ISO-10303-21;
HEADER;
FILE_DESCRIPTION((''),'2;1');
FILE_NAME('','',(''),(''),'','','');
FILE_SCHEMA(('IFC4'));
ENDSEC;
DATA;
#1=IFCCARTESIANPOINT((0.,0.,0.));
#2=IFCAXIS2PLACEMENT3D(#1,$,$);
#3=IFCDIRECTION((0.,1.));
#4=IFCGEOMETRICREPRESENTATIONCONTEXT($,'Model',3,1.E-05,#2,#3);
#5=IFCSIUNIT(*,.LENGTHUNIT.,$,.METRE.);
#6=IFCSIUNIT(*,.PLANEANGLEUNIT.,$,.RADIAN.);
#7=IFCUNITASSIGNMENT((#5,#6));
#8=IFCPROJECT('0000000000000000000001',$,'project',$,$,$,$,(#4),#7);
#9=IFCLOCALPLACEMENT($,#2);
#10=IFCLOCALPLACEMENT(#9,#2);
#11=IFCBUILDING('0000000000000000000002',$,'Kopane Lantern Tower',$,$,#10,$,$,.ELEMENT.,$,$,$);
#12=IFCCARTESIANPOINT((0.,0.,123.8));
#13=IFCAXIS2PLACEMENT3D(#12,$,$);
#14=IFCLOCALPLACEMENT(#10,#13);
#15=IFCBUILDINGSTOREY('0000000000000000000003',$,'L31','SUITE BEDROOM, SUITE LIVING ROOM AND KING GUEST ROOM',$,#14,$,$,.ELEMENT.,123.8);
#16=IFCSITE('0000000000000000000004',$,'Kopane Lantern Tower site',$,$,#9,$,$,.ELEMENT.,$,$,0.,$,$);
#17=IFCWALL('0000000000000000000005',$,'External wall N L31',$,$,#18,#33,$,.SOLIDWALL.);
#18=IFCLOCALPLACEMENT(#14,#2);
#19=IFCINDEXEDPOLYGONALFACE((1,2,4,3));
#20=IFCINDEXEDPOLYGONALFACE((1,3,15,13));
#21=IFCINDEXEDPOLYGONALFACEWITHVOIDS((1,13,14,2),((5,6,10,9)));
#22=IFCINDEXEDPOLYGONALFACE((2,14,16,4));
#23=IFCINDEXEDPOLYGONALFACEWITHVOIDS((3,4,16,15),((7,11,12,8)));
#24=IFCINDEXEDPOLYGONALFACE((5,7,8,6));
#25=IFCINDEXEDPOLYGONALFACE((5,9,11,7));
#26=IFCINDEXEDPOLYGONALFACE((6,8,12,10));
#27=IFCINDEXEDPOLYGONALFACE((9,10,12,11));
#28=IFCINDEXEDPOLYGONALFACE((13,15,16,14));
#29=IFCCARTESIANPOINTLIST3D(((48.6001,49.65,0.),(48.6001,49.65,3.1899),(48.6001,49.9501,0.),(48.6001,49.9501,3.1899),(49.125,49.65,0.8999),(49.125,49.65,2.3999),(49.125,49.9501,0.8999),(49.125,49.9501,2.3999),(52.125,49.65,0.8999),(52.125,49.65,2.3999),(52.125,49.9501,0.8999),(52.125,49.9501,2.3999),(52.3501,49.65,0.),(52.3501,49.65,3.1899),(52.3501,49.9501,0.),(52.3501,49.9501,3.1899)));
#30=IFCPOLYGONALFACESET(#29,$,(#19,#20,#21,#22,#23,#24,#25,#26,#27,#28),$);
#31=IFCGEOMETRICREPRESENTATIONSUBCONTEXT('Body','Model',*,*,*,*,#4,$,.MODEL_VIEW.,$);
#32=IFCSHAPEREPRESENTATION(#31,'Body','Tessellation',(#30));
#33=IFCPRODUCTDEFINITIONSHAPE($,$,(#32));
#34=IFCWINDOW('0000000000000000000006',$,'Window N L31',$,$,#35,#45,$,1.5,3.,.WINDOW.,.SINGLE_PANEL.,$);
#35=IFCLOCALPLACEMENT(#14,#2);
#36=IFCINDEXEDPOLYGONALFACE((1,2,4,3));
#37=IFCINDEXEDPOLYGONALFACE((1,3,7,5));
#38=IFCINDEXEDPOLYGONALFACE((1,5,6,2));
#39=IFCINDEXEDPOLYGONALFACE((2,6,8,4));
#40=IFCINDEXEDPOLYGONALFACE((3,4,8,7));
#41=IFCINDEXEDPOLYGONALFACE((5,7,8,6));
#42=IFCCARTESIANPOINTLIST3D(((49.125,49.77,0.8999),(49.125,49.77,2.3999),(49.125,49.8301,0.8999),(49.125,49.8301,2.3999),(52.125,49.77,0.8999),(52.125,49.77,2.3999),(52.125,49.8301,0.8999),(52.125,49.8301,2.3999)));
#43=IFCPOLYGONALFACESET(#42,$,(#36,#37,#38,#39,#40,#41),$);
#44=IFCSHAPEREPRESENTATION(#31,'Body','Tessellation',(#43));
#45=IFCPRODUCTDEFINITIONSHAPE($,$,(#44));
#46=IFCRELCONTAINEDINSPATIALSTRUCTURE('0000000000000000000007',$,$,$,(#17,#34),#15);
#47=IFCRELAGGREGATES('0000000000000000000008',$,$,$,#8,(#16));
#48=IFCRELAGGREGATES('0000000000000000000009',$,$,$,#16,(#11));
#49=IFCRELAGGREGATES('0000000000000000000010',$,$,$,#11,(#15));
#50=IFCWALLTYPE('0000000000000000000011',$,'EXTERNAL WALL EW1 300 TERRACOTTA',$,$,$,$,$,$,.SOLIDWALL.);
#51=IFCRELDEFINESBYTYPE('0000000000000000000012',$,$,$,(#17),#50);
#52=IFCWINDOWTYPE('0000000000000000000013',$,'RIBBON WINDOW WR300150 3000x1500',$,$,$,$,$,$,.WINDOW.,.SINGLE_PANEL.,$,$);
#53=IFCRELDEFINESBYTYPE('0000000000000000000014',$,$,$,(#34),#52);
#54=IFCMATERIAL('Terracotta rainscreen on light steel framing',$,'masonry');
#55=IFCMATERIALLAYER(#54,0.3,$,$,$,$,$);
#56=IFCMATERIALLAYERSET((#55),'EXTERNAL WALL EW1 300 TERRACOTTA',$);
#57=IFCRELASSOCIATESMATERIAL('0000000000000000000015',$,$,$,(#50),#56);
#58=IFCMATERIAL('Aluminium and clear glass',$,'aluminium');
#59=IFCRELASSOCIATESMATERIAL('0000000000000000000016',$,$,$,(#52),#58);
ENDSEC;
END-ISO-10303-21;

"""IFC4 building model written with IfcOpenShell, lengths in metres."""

from ifc_helpers import new_model, si_unit, direction, frame, frame_2d, origin, place, context, subcontext, project, spatial, rectangle, extrude, material, layer, layer_set, type_object, element, fill, save


model = new_model("IFC4")

# Units and contexts
model_context = context("Model", 3, precision=1e-05, world=origin(), true_north=direction((0.0, 1.0)))
body_context = subcontext(model_context, "Body", "Model", "MODEL_VIEW")
ifc_project = project(units=[si_unit("LENGTHUNIT", "METRE"), si_unit("PLANEANGLEUNIT", "RADIAN")], contexts=[model_context])

# Site, building, storey
site_placement = place(None, origin())
site = spatial("IfcSite", under=ifc_project, at=site_placement, Name="Kopane Lantern Tower site", CompositionType="ELEMENT", RefElevation=0.0)
building_placement = place(site_placement, origin())
building = spatial("IfcBuilding", under=site, at=building_placement, Name="Kopane Lantern Tower", CompositionType="ELEMENT")
storey_placement = place(building_placement, frame((0.0, 0.0, 123.8)))
storey = spatial("IfcBuildingStorey", under=building, at=storey_placement, Name="L31", Description="SUITE BEDROOM, SUITE LIVING ROOM AND KING GUEST ROOM", CompositionType="ELEMENT", Elevation=123.8)

# Wall, opening, window
ifc_material_1 = material(Name="Terracotta rainscreen on light steel framing", Category="masonry")
ifc_layer_1 = layer(ifc_material_1, 0.3)
ifc_layer_set_1 = layer_set([ifc_layer_1], Name="EXTERNAL WALL EW1 300 TERRACOTTA")
wall_type_1 = type_object("IfcWallType", Name="EXTERNAL WALL EW1 300 TERRACOTTA", PredefinedType="SOLIDWALL", material=ifc_layer_set_1)
wall_1_placement = place(storey_placement, frame((52.3501, 49.8, 0.0), z_axis=(0.0, 0.0, 1.0), x_axis=(-1.0, 0.0, 0.0)))
wall_1 = element("IfcWall", 1, at=wall_1_placement, inside=storey, type_object=wall_type_1, Name="External wall N L31", PredefinedType="SOLIDWALL", context=body_context, shape_type="SweptSolid", body=[
    extrude(rectangle(XDim=3.75, YDim=0.3, at=frame_2d((1.875, 0.0))), origin(), (0.0, 0.0, 1.0), 3.1899),
])
opening_placement = place(wall_1_placement, frame((0.2251, 0.0, 0.8999)))
opening = element("IfcOpeningElement", 2, at=opening_placement, cuts=wall_1, PredefinedType="OPENING", context=body_context, shape_type="SweptSolid", body=[
    extrude(rectangle(XDim=3.0, YDim=1.5, at=frame_2d((1.5, 0.75))), frame((0.0, 0.1599, 0.0), z_axis=(0.0, -1.0, 0.0), x_axis=(1.0, 0.0, 0.0)), (0.0, 0.0, 1.0), 0.3201),
])
ifc_material_2 = material(Name="Aluminium and clear glass", Category="aluminium")
window_type = type_object("IfcWindowType", Name="RIBBON WINDOW WR300150 3000x1500", PartitioningType="SINGLE_PANEL", PredefinedType="WINDOW", material=ifc_material_2)
window_placement = place(opening_placement, origin())
window = element("IfcWindow", 3, at=window_placement, inside=storey, type_object=window_type, Name="Window N L31", OverallHeight=1.5, OverallWidth=3.0, PartitioningType="SINGLE_PANEL", PredefinedType="WINDOW", context=body_context, shape_type="SweptSolid", body=[
    extrude(rectangle(XDim=3.0, YDim=1.5, at=frame_2d((1.5, 0.75))), frame((0.0, 0.03, 0.0), z_axis=(0.0, -1.0, 0.0), x_axis=(1.0, 0.0, 0.0)), (0.0, 0.0, 1.0), 0.0601),
])
fill(opening, window)

save(model, "model.ifc")
